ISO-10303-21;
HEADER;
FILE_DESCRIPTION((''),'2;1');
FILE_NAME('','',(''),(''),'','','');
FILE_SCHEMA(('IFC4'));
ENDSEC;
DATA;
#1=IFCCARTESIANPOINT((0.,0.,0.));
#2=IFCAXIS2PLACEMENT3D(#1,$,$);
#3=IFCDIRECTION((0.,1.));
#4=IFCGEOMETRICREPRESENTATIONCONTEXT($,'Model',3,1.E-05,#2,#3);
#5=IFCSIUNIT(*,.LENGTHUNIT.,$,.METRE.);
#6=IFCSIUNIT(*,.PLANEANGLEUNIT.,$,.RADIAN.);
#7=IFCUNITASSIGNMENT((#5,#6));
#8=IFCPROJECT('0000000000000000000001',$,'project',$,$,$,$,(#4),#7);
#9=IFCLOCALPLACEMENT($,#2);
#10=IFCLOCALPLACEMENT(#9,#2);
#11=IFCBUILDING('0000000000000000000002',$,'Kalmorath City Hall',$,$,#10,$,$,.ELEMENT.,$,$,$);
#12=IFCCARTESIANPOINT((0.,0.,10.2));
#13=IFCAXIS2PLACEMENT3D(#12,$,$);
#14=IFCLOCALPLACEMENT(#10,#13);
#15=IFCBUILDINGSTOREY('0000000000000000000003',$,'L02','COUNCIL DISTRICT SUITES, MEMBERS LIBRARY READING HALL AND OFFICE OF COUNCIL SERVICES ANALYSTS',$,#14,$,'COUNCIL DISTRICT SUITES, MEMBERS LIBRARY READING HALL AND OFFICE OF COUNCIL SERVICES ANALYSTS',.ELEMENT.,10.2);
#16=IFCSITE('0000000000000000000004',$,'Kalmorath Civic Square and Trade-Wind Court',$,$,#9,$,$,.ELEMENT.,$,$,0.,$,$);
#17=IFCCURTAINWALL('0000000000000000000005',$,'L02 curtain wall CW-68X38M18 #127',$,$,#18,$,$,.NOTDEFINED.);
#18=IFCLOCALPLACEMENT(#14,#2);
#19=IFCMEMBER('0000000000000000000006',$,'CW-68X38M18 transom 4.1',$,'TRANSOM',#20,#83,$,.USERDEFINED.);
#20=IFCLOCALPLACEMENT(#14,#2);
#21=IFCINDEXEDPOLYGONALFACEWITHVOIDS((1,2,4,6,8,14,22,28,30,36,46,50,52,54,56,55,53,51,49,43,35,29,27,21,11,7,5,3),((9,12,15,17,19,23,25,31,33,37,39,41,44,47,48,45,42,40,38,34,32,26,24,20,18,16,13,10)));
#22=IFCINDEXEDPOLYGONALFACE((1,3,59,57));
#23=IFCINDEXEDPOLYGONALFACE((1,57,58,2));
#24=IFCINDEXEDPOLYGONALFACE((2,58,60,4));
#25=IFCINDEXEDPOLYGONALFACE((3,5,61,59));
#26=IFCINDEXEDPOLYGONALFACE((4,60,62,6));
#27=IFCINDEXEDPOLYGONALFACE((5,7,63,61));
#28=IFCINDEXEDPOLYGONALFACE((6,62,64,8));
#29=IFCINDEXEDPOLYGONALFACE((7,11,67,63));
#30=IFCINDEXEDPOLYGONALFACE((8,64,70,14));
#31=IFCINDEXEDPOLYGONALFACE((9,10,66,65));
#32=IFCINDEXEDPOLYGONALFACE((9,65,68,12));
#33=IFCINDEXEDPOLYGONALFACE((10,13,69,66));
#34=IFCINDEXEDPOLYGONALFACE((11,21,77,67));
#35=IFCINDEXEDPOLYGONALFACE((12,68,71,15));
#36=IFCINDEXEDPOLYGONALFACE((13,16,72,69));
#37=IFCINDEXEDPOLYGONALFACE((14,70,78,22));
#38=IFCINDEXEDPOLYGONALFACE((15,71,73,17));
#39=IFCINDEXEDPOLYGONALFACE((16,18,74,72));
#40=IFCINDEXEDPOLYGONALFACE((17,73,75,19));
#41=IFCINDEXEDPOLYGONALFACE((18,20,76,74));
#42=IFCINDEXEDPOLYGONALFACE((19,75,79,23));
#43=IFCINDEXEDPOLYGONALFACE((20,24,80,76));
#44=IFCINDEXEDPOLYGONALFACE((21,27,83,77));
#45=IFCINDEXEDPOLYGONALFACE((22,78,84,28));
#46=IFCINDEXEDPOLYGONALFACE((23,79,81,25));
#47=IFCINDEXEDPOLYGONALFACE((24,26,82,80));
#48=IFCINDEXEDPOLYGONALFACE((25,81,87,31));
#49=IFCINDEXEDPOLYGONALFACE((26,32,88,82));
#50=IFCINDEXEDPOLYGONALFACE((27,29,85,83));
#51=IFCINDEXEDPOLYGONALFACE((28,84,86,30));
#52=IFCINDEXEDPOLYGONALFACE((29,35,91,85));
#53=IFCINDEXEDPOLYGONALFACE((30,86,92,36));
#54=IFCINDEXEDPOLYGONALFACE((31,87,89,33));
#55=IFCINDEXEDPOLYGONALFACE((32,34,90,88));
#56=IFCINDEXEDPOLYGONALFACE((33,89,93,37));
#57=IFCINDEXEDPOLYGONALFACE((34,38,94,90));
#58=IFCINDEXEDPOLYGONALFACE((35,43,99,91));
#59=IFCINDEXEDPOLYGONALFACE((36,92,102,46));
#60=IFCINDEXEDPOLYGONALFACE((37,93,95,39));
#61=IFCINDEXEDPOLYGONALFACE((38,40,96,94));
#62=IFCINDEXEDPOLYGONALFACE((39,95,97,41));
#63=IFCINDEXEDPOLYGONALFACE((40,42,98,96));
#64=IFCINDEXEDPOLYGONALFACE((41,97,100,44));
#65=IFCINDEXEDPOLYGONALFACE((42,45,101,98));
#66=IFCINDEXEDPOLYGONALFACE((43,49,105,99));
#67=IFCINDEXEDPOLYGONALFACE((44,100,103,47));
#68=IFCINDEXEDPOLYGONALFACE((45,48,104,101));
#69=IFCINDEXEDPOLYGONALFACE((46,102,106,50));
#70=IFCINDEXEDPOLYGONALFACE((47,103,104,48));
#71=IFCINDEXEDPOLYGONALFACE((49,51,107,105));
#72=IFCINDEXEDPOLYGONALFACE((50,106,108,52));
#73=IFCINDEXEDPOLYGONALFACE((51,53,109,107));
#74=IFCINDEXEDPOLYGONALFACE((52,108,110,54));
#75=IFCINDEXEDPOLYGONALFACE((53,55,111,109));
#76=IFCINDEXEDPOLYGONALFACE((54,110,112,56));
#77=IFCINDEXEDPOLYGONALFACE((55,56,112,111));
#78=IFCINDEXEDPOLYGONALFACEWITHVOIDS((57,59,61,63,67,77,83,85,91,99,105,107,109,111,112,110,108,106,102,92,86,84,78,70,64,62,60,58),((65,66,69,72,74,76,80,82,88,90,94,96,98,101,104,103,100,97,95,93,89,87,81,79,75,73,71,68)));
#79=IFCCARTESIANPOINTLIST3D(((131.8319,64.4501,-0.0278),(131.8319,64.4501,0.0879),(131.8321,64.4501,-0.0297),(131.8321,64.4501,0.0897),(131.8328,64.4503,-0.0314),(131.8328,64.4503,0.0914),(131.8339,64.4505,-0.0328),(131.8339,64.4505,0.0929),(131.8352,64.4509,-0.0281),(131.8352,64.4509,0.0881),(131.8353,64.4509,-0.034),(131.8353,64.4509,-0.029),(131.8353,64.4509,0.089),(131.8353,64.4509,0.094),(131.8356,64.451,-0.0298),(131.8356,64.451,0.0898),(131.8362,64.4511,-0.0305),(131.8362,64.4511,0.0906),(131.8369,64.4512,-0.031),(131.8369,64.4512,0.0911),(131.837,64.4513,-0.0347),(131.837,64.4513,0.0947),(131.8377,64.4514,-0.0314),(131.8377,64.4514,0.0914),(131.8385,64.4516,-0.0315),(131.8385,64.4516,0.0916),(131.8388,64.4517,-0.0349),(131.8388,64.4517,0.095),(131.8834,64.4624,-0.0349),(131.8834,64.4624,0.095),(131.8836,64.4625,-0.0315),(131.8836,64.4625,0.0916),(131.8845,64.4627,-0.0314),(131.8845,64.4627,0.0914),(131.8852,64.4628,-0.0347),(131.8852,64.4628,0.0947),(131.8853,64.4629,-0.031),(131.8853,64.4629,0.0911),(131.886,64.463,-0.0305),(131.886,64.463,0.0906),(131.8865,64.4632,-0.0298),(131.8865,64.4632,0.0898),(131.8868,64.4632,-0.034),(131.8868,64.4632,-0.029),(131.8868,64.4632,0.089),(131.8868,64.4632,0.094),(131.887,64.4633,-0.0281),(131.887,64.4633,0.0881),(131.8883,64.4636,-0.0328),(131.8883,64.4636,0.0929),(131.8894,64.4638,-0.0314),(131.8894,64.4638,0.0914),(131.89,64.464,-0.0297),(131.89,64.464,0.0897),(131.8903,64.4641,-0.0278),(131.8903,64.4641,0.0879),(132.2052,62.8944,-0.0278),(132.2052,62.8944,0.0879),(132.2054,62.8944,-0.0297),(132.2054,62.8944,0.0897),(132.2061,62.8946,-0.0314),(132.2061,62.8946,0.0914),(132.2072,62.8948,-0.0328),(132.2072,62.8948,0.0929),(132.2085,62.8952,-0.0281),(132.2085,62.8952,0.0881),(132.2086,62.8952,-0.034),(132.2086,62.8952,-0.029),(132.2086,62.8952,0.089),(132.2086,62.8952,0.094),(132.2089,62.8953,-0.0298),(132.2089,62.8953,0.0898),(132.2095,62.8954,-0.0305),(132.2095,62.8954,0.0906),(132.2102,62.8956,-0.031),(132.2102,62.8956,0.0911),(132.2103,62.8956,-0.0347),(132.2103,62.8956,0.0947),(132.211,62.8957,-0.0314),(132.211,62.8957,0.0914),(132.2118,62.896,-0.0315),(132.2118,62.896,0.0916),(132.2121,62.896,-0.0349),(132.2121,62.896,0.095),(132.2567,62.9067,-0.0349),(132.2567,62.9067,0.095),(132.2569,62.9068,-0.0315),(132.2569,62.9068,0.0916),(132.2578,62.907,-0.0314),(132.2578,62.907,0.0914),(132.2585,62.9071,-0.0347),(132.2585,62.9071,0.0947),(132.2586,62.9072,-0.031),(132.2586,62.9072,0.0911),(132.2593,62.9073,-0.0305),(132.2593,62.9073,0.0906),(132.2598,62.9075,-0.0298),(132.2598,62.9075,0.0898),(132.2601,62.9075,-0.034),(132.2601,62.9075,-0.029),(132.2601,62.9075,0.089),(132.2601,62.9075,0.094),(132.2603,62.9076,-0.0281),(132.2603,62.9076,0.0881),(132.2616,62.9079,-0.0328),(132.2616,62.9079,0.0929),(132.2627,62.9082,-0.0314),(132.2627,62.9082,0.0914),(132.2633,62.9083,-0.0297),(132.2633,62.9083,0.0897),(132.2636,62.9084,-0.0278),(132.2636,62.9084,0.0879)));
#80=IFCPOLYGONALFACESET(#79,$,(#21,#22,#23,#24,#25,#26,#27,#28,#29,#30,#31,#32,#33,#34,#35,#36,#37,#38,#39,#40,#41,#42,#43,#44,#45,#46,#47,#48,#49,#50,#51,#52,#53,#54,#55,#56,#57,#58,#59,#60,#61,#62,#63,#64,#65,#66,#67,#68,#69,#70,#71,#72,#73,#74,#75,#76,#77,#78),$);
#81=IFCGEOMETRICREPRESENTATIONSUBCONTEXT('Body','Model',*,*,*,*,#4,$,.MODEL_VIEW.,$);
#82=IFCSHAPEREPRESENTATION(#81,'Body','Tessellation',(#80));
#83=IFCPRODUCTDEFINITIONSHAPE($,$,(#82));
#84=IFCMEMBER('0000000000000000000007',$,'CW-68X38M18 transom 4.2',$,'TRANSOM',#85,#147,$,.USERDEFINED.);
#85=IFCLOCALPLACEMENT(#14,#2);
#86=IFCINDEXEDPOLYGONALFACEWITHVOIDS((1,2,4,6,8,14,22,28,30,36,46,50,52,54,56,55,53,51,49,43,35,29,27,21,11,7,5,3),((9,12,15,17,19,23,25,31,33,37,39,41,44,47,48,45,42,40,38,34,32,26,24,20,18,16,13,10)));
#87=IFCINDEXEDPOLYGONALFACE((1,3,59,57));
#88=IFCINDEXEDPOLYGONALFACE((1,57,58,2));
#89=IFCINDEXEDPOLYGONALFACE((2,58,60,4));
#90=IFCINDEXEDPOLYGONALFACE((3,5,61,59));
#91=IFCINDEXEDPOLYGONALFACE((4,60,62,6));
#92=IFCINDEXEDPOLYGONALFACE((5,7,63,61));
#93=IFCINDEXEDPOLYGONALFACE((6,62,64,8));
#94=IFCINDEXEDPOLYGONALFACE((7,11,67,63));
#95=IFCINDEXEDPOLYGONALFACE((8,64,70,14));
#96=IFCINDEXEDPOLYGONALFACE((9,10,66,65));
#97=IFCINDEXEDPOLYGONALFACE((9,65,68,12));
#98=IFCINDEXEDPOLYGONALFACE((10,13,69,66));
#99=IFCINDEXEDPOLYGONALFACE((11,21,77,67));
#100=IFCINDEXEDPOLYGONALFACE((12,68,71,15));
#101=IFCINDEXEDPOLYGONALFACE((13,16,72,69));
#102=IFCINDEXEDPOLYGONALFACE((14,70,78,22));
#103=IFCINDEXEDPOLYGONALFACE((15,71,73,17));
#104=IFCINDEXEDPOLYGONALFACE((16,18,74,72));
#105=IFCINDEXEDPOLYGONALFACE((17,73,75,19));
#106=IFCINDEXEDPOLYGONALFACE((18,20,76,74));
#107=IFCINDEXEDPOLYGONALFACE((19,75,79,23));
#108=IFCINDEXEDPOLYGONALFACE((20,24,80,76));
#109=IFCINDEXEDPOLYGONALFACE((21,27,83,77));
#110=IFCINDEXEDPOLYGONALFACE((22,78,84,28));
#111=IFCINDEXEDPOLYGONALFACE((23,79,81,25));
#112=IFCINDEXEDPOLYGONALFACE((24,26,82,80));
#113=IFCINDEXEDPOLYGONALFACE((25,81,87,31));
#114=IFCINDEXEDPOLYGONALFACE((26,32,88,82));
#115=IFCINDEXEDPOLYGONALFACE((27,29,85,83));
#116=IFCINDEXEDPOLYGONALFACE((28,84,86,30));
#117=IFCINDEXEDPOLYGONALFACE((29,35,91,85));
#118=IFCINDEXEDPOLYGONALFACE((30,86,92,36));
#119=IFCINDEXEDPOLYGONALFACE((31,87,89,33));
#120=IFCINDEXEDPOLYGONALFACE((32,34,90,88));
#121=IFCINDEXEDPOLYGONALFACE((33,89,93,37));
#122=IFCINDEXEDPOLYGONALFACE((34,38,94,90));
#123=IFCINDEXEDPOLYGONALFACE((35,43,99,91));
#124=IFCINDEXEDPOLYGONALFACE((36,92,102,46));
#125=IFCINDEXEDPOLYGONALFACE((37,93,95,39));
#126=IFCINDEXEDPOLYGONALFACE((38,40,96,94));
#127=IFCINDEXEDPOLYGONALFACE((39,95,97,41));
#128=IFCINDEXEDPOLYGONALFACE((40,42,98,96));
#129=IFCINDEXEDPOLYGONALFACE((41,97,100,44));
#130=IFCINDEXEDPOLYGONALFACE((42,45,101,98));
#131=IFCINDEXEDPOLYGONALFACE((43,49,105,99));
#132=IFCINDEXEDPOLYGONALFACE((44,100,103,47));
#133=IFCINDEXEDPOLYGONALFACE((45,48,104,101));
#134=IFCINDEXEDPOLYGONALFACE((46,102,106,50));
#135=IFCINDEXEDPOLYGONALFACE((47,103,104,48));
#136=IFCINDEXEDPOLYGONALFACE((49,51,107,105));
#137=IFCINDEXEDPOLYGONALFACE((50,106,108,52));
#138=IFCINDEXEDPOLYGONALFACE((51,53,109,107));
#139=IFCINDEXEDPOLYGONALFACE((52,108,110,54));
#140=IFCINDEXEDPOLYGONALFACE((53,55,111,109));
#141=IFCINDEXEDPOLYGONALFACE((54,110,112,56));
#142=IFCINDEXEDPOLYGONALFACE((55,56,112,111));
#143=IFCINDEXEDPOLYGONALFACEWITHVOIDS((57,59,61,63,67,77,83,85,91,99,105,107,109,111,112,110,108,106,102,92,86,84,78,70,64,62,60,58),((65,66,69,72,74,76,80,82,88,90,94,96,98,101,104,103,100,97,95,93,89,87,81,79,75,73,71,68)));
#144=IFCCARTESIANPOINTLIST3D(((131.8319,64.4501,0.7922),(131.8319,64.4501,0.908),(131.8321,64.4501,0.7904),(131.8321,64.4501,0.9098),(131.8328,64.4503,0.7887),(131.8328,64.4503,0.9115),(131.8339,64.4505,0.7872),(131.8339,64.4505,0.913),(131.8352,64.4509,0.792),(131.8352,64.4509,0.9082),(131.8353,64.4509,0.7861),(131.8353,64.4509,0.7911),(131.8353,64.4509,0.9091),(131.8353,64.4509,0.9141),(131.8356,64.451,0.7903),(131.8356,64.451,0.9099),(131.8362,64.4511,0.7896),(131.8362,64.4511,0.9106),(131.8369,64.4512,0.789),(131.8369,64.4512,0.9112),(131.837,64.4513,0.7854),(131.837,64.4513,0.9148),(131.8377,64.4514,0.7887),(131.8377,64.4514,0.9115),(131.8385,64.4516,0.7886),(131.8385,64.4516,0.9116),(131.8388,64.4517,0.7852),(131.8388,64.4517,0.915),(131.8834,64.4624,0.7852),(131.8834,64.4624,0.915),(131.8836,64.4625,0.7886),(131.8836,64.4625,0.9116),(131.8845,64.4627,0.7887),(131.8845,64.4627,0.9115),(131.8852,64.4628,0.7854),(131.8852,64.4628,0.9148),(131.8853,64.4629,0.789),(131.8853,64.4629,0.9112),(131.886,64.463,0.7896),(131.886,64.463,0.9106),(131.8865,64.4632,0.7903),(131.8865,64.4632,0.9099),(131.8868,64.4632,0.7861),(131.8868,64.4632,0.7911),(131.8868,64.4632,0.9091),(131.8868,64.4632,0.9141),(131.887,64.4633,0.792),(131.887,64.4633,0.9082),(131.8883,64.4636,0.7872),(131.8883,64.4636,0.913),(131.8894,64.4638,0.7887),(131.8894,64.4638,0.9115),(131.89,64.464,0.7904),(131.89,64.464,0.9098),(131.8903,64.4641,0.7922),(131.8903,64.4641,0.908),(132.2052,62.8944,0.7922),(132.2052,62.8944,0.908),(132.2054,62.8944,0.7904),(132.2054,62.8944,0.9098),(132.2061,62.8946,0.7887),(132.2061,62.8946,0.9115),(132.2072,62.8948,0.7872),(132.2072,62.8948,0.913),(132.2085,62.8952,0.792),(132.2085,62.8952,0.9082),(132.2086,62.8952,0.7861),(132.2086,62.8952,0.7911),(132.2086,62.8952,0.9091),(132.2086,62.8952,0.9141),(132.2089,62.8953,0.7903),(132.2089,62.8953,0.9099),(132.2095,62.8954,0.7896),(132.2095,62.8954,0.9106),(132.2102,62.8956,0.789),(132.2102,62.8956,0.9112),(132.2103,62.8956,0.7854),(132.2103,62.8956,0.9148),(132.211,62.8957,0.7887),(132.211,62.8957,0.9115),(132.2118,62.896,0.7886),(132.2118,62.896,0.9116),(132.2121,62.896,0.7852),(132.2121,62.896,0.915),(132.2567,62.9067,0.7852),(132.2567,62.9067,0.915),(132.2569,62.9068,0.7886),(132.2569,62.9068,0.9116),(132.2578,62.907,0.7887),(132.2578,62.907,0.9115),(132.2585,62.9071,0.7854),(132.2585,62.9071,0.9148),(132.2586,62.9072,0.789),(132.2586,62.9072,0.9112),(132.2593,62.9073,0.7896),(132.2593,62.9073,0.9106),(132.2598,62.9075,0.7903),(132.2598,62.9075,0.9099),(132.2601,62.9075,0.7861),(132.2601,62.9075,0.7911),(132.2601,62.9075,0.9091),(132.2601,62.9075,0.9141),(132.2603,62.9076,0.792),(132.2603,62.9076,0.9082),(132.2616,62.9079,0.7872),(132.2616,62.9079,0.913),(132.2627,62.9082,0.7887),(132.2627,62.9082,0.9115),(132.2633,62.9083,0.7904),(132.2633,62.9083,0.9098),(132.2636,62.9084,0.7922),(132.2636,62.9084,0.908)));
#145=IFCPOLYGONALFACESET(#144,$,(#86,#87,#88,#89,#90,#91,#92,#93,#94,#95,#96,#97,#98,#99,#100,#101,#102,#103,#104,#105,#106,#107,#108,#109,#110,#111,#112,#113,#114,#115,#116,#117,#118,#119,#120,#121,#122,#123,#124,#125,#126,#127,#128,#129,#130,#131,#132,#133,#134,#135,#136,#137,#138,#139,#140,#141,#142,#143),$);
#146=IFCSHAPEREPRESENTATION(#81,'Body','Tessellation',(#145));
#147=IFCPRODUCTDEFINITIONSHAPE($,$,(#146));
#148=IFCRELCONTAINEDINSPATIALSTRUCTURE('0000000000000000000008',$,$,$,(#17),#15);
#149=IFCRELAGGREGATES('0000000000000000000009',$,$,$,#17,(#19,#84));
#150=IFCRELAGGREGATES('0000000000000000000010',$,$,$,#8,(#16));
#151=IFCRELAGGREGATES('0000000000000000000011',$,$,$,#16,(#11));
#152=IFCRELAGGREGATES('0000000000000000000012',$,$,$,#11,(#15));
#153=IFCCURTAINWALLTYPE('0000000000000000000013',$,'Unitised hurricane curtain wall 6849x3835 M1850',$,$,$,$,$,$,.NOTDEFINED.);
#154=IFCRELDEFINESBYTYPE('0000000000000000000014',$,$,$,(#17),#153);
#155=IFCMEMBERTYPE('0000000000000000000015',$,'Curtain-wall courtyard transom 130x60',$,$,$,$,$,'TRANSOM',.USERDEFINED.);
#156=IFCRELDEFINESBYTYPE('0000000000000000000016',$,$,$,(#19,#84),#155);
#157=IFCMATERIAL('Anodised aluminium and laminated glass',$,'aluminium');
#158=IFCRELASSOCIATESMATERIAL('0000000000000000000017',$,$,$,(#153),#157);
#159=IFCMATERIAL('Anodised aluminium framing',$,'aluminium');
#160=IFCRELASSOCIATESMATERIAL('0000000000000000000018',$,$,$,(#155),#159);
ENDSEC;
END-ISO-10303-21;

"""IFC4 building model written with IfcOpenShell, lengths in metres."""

from ifc_helpers import new_model, si_unit, direction, frame, origin, origin_2d, place, context, subcontext, project, spatial, hollow_rectangle, extrude, material, material_profile, profile_set, type_object, element, aggregate, save


model = new_model("IFC4")

# Units and contexts
model_context = context("Model", 3, precision=1e-05, world=origin(), true_north=direction((0.0, 1.0)))
body_context = subcontext(model_context, "Body", "Model", "MODEL_VIEW")
ifc_project = project(units=[si_unit("LENGTHUNIT", "METRE"), si_unit("PLANEANGLEUNIT", "RADIAN")], contexts=[model_context])

# Site, building, storey
site_placement = place(None, origin())
site = spatial("IfcSite", under=ifc_project, at=site_placement, Name="Kalmorath Civic Square and Trade-Wind Court", CompositionType="ELEMENT", RefElevation=0.0)
building_placement = place(site_placement, origin())
building = spatial("IfcBuilding", under=site, at=building_placement, Name="Kalmorath City Hall", CompositionType="ELEMENT")
storey_placement = place(building_placement, frame((0.0, 0.0, 10.2)))
storey = spatial("IfcBuildingStorey", under=building, at=storey_placement, Name="L02", Description="COUNCIL DISTRICT SUITES, MEMBERS LIBRARY READING HALL AND OFFICE OF COUNCIL SERVICES ANALYSTS", LongName="COUNCIL DISTRICT SUITES, MEMBERS LIBRARY READING HALL AND OFFICE OF COUNCIL SERVICES ANALYSTS", CompositionType="ELEMENT", Elevation=10.2)

# Curtain wall, members
ifc_material_1 = material(Name="Anodised aluminium and laminated glass", Category="aluminium")
curtain_wall_type = type_object("IfcCurtainWallType", Name="Unitised hurricane curtain wall 6849x3835 M1850", PredefinedType="NOTDEFINED", material=ifc_material_1)
curtain_wall_1_placement = place(storey_placement, origin())
curtain_wall_1 = element("IfcCurtainWall", 1, at=curtain_wall_1_placement, inside=storey, type_object=curtain_wall_type, Name="L02 curtain wall CW-68X38M18 #127", PredefinedType="NOTDEFINED")
ifc_material_2 = material(Name="Anodised aluminium framing", Category="aluminium")
ifc_material_profile_1 = material_profile(ifc_material_2, hollow_rectangle(XDim=0.0601, YDim=0.1299, WallThickness=0.0034, InnerFilletRadius=0.0034, OuterFilletRadius=0.0071, at=origin_2d()), Name="ALU-TRN-130X60X3.5")
ifc_profile_set_1 = profile_set([ifc_material_profile_1], Name="Anodised aluminium framing")
member_type_1 = type_object("IfcMemberType", Name="Curtain-wall courtyard transom 130x60", ElementType="TRANSOM", PredefinedType="USERDEFINED", material=ifc_profile_set_1)
member_1_placement = place(storey_placement, frame((132.2344, 62.9014, 0.03), z_axis=(-0.233333, 0.972397, 0.0), x_axis=(-0.972397, -0.233333, 0.0)))
member_1 = element("IfcMember", 2, at=member_1_placement, type_object=member_type_1, Name="CW-68X38M18 transom 4.1", ObjectType="TRANSOM", PredefinedType="USERDEFINED", context=body_context, shape_type="SweptSolid", body=[
    extrude(hollow_rectangle(XDim=0.0601, YDim=0.1299, WallThickness=0.0034, InnerFilletRadius=0.0034, OuterFilletRadius=0.0071, at=origin_2d()), origin(), (0.0, 0.0, 1.0), 1.5999),
])
member_2_placement = place(storey_placement, frame((132.2344, 62.9014, 0.8501), z_axis=(-0.233333, 0.972397, 0.0), x_axis=(-0.972397, -0.233333, 0.0)))
member_2 = element("IfcMember", 3, at=member_2_placement, type_object=member_type_1, Name="CW-68X38M18 transom 4.2", ObjectType="TRANSOM", PredefinedType="USERDEFINED", context=body_context, shape_type="SweptSolid", body=[
    extrude(hollow_rectangle(XDim=0.0601, YDim=0.1299, WallThickness=0.0034, InnerFilletRadius=0.0034, OuterFilletRadius=0.0071, at=origin_2d()), origin(), (0.0, 0.0, 1.0), 1.5999),
])

aggregate(curtain_wall_1, [member_1, member_2])

save(model, "model.ifc")
